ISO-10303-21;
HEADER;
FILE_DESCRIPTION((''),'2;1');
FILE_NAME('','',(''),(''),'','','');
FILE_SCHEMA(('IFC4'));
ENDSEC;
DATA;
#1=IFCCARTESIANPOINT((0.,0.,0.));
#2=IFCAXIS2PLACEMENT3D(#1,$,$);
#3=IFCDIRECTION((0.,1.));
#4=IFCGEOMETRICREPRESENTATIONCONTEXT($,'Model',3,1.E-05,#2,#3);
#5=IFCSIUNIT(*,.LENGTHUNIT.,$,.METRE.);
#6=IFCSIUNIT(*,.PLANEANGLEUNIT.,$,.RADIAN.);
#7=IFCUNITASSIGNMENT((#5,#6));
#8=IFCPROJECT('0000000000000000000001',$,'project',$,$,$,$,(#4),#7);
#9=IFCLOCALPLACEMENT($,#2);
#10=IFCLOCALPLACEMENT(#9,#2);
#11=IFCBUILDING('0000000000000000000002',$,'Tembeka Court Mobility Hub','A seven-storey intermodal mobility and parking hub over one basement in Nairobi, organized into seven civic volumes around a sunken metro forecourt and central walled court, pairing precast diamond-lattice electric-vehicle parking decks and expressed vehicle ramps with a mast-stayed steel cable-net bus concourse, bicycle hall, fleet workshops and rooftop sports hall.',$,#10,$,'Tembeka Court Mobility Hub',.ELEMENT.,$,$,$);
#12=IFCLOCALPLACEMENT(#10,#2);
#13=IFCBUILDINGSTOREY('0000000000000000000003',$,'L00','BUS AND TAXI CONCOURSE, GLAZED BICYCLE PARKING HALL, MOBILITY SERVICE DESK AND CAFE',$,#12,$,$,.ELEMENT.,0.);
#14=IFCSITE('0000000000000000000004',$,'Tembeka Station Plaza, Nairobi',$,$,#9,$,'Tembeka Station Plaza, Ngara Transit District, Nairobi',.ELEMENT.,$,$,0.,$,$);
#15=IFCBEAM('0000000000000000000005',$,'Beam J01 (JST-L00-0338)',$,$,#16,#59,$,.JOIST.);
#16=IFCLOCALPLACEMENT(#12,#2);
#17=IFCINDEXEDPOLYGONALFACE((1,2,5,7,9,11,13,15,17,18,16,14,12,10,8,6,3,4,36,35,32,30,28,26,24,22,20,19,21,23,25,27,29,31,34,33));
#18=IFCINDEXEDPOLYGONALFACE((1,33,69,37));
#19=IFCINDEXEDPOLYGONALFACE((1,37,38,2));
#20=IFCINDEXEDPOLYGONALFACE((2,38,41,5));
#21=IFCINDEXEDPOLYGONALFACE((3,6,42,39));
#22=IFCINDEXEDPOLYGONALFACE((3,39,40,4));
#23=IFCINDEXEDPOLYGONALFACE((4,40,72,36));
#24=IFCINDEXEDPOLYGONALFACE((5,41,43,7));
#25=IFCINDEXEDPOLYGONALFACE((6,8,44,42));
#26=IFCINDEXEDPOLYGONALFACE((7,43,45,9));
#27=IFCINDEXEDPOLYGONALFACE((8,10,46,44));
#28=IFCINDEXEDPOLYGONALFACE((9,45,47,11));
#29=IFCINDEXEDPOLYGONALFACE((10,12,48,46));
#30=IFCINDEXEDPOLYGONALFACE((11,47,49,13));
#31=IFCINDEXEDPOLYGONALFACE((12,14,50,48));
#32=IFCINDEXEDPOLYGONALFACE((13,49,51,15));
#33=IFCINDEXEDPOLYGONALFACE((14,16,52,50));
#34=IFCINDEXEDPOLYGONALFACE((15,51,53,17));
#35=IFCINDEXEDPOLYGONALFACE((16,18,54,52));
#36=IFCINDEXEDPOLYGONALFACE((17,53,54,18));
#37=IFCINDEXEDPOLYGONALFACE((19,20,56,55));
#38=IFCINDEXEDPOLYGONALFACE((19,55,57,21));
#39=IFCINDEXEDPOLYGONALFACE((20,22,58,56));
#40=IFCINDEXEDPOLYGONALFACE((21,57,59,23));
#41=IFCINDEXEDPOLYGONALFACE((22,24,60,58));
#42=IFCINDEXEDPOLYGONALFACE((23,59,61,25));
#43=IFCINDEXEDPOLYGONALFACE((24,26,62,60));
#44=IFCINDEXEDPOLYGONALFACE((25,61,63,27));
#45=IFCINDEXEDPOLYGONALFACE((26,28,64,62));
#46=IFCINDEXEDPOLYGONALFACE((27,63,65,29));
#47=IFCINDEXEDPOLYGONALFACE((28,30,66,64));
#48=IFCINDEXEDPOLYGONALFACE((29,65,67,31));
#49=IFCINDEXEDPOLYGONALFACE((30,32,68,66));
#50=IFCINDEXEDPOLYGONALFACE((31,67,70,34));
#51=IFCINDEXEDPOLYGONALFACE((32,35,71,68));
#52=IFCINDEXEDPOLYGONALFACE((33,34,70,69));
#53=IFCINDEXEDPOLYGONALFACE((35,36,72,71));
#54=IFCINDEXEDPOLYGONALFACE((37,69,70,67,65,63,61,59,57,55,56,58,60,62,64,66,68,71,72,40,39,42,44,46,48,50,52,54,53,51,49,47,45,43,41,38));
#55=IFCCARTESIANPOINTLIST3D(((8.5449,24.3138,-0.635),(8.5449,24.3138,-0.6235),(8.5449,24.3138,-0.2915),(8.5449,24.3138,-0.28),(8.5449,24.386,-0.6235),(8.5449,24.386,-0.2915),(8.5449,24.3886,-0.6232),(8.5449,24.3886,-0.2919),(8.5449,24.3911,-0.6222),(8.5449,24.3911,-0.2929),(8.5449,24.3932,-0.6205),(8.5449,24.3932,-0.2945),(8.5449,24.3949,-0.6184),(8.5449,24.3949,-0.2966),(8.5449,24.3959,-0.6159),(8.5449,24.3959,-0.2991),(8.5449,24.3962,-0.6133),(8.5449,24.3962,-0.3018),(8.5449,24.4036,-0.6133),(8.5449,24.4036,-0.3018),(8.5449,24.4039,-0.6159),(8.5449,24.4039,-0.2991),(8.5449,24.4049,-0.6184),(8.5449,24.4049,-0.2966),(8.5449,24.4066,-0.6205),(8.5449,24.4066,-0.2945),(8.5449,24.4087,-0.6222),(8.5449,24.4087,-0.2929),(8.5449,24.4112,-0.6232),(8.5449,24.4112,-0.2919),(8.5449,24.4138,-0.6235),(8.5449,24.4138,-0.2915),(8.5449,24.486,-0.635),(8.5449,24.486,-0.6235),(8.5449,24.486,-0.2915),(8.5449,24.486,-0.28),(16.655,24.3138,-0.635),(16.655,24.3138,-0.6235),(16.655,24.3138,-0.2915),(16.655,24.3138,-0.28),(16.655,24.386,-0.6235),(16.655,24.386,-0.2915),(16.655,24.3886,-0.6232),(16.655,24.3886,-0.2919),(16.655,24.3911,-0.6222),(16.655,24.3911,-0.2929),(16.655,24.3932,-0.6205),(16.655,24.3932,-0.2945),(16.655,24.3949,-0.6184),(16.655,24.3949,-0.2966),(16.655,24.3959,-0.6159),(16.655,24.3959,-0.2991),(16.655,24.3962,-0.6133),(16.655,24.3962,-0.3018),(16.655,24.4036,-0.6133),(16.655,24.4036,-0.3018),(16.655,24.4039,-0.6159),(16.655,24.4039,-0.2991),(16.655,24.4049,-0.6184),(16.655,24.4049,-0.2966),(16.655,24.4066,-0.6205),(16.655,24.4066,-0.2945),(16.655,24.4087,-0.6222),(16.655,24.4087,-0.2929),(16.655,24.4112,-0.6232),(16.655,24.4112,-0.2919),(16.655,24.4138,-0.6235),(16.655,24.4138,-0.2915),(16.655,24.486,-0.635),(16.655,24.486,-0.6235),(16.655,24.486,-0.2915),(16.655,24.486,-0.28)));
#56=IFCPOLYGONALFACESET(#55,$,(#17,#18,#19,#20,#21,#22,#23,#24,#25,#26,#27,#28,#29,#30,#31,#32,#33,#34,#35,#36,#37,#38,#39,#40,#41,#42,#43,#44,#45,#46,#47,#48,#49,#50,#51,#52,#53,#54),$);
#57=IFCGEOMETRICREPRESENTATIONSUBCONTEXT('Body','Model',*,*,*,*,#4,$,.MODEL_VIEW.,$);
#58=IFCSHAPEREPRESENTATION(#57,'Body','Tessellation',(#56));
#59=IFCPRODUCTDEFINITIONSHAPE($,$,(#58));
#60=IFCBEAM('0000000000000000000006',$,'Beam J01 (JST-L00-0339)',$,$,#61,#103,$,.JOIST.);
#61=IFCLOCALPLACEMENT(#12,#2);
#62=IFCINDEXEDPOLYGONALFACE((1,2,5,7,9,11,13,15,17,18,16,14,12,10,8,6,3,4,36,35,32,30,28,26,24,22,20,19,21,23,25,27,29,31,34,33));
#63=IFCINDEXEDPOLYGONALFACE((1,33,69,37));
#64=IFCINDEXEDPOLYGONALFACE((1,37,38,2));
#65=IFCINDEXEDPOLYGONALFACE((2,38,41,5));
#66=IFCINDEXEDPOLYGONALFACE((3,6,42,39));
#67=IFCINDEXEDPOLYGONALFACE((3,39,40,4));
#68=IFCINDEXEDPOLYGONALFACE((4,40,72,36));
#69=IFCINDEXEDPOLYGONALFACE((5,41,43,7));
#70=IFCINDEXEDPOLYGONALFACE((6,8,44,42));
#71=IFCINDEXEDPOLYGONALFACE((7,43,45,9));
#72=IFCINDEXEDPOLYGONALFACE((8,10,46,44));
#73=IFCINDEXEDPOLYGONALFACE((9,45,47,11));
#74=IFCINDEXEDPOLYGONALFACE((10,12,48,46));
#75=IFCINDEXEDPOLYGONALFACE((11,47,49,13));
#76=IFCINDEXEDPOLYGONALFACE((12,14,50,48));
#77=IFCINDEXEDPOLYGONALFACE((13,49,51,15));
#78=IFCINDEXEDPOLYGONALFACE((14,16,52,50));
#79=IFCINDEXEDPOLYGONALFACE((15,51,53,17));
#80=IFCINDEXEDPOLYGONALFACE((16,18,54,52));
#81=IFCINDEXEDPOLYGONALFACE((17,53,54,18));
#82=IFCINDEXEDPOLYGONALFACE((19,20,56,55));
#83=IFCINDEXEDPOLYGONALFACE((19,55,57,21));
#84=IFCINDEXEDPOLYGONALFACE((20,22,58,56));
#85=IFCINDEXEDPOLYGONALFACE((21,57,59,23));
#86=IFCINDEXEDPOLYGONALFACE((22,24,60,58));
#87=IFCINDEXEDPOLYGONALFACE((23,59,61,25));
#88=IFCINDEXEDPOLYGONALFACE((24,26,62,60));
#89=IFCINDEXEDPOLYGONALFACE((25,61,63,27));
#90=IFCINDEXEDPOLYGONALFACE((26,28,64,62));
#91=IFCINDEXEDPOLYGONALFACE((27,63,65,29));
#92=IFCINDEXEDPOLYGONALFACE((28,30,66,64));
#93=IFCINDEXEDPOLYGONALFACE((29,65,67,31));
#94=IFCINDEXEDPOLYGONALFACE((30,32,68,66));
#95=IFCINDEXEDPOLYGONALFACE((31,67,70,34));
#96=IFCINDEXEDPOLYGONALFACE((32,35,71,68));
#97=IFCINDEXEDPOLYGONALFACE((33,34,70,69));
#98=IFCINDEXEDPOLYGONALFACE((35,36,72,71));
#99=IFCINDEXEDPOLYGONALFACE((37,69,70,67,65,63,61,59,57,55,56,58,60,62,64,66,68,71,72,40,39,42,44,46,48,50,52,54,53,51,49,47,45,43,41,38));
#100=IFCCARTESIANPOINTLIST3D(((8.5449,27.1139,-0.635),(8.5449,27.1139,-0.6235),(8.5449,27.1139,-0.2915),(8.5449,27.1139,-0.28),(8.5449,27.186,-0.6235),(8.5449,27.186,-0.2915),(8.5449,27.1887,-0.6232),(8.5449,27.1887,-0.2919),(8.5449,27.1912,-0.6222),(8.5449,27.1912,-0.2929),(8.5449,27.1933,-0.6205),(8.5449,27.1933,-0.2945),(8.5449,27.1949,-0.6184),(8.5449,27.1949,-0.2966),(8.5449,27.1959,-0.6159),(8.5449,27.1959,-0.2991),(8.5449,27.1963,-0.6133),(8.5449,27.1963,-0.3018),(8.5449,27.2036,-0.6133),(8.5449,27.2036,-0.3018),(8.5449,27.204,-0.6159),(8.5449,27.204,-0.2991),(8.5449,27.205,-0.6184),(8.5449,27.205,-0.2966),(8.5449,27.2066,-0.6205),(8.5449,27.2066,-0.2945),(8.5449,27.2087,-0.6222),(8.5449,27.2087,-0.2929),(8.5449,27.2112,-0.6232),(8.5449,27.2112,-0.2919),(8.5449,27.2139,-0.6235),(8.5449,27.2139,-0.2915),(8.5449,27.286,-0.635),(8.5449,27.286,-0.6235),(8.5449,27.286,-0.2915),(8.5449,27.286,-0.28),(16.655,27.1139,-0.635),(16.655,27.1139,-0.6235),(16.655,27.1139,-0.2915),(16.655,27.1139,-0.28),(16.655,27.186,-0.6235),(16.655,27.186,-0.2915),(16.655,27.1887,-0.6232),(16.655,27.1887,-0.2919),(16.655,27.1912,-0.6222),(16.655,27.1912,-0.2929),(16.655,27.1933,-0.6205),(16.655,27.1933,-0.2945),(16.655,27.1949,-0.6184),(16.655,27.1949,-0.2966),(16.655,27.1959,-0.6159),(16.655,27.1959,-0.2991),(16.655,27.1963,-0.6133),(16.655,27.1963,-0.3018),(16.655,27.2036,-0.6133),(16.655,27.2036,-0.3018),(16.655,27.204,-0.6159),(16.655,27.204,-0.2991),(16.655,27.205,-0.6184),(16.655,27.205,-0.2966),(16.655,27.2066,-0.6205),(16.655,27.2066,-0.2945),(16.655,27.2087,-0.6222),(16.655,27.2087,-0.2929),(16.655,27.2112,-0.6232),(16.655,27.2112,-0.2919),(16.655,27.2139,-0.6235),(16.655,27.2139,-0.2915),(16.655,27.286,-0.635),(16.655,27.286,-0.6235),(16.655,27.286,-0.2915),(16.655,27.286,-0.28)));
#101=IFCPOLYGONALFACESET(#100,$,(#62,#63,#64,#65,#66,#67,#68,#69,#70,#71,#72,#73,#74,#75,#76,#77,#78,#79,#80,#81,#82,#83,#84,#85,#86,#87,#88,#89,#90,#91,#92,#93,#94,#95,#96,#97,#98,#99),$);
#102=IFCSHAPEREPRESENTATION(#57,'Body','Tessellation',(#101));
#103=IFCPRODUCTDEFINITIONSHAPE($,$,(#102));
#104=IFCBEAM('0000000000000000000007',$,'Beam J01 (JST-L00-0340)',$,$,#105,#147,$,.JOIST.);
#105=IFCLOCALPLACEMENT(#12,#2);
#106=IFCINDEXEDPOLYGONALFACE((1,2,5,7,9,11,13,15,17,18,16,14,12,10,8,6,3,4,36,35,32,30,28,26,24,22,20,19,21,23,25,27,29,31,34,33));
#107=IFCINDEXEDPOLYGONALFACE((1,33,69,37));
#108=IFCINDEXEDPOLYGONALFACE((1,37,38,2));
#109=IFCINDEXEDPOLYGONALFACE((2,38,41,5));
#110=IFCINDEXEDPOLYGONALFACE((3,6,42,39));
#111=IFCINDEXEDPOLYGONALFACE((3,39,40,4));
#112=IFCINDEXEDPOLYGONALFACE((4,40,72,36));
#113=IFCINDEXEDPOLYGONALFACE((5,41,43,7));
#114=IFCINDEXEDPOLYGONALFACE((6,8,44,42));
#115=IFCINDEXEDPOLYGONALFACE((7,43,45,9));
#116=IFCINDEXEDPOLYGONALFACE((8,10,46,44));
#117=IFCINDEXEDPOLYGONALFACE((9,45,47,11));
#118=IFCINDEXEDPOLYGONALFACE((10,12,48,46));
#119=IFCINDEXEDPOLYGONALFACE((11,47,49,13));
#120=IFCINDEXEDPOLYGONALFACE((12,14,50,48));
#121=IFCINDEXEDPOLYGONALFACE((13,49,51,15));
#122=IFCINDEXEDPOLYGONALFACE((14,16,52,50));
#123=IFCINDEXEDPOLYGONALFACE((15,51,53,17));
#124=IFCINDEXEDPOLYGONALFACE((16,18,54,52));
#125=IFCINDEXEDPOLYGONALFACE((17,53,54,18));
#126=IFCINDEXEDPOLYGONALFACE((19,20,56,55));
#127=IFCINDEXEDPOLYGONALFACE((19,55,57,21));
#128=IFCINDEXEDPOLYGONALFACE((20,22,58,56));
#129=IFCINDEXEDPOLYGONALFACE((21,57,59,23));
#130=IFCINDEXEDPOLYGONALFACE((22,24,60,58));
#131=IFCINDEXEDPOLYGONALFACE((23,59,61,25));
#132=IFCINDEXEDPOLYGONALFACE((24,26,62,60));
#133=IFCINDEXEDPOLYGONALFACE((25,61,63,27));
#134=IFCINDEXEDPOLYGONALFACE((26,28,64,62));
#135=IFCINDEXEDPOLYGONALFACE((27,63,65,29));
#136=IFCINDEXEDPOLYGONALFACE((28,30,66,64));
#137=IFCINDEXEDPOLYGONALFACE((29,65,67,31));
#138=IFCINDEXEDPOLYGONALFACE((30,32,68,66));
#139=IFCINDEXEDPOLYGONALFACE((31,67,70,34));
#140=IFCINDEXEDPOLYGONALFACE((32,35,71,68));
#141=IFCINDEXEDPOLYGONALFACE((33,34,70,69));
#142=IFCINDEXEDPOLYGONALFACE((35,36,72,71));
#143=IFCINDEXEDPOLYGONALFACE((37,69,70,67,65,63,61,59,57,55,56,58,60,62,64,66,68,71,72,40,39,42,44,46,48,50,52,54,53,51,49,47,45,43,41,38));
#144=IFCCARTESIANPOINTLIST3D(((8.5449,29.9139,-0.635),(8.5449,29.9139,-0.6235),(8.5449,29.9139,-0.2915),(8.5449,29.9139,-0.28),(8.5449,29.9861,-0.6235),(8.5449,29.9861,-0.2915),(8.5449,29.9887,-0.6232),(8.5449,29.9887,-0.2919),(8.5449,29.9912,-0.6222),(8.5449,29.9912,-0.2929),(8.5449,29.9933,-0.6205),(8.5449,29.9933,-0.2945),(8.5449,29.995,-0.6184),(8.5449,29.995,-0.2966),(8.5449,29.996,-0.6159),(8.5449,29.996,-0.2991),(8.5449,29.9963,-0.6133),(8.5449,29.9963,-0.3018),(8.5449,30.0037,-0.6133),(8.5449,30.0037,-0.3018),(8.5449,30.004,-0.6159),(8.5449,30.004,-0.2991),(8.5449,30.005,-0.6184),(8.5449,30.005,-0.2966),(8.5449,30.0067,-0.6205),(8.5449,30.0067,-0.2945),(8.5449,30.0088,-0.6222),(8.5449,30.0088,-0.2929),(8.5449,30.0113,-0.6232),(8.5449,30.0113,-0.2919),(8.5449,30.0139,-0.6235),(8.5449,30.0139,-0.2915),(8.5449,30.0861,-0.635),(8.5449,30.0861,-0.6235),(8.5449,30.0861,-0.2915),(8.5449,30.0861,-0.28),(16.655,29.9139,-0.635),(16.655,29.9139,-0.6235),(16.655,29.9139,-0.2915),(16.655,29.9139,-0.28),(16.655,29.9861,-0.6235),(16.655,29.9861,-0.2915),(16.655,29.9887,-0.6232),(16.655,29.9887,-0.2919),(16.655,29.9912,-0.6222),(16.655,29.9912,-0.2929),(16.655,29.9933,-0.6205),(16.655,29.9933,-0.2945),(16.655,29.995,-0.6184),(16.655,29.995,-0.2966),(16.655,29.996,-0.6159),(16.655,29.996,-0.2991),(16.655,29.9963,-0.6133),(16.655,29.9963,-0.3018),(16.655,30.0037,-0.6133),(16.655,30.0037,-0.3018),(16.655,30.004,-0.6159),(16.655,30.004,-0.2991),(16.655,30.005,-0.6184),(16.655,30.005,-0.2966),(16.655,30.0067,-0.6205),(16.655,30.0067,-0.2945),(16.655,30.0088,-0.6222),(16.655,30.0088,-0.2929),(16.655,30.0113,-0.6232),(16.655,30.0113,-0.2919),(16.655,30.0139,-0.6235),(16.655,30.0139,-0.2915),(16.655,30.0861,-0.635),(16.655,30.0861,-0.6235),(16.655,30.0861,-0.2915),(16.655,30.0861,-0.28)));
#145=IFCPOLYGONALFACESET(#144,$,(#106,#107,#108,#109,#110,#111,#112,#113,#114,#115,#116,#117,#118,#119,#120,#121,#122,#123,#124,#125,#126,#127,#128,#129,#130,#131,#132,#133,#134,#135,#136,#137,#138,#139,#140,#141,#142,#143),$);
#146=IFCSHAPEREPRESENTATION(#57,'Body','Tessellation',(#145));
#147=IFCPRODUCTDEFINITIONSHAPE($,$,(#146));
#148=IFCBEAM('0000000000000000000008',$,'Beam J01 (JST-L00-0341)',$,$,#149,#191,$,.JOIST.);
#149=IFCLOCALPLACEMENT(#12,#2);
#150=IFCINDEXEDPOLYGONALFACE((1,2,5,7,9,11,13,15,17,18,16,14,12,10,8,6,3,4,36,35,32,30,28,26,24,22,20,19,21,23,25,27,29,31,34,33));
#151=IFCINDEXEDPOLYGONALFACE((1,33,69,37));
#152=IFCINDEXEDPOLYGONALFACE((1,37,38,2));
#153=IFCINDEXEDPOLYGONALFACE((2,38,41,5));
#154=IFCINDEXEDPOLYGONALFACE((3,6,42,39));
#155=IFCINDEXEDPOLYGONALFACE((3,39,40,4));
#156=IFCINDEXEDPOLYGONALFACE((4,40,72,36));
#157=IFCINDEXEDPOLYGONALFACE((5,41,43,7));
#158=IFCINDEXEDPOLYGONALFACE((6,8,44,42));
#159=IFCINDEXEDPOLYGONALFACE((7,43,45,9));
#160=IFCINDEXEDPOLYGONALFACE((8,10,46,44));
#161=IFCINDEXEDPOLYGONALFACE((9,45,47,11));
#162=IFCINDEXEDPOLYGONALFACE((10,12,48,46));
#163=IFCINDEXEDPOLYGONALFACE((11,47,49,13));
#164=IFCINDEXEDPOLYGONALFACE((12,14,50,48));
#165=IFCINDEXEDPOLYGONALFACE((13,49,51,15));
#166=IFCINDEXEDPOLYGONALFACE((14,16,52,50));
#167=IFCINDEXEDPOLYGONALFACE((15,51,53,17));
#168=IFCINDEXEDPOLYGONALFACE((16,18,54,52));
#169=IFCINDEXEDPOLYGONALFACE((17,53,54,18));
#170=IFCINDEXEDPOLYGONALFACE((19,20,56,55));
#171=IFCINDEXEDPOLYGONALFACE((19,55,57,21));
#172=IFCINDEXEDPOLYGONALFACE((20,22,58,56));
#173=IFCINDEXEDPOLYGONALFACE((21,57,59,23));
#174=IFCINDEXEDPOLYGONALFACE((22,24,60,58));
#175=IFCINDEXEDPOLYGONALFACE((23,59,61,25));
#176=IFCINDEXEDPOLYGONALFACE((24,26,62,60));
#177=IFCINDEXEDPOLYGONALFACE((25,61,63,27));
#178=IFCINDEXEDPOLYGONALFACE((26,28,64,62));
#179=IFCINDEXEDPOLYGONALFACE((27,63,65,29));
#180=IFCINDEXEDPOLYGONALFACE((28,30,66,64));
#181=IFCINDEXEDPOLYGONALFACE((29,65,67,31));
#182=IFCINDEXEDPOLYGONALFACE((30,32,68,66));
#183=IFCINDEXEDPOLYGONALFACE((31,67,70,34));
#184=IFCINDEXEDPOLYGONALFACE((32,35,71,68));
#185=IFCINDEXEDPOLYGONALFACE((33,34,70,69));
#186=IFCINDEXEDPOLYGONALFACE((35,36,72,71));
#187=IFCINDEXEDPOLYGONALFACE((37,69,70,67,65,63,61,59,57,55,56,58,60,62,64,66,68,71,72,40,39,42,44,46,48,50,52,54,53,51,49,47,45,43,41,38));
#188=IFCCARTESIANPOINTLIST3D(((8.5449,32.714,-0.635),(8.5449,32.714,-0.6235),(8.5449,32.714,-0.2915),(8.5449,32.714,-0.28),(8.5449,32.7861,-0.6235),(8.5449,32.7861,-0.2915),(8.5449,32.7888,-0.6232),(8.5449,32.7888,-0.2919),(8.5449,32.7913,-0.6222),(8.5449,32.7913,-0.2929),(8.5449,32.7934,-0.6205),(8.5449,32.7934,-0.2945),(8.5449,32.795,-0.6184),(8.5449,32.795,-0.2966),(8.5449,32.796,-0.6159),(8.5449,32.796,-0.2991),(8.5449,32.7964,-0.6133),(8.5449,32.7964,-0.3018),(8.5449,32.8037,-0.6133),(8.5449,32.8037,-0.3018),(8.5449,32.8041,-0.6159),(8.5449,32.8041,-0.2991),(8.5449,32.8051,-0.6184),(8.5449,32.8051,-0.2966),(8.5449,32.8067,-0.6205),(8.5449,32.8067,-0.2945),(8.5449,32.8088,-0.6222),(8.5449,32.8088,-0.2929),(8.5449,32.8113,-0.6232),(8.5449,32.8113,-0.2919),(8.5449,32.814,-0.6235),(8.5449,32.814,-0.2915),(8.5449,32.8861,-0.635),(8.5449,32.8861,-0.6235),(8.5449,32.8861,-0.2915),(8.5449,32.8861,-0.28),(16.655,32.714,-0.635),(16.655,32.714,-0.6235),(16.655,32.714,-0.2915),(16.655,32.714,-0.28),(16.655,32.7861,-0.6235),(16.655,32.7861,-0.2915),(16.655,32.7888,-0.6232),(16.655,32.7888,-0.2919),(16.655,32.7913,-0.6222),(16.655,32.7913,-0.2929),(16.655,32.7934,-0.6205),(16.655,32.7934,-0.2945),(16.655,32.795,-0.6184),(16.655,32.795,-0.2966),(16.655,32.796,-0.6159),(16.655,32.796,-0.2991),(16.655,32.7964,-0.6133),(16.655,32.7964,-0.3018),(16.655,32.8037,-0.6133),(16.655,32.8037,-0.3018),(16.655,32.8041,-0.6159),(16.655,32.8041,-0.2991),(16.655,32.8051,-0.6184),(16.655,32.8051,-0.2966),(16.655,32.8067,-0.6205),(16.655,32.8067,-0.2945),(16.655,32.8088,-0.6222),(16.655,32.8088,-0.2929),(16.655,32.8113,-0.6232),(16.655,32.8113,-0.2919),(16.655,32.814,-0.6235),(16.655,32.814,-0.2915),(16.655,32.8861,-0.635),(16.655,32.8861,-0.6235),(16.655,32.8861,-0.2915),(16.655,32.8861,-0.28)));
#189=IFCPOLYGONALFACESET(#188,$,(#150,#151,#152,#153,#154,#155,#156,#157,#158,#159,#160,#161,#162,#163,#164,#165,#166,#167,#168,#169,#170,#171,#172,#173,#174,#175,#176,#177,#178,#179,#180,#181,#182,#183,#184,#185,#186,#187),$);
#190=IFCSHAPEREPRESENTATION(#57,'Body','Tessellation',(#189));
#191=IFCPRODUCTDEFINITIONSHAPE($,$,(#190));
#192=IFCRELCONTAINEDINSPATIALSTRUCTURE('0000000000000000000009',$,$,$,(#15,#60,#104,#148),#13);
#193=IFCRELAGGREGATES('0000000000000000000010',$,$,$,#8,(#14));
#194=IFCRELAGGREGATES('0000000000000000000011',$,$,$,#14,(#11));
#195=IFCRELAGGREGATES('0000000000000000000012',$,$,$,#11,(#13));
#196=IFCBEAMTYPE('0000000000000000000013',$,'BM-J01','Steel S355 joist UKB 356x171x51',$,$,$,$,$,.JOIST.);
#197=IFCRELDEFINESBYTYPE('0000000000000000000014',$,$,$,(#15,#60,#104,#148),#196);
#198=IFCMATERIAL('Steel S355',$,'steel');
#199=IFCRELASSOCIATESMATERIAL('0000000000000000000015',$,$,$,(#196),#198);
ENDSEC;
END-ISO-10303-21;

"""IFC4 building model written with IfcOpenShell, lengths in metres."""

from ifc_helpers import new_model, si_unit, direction, frame, origin, origin_2d, place, context, subcontext, project, spatial, i_section, extrude, material, material_profile, profile_set, type_object, element, save


model = new_model("IFC4")

# Units and contexts
model_context = context("Model", 3, precision=1e-05, world=origin(), true_north=direction((0.0, 1.0)))
body_context = subcontext(model_context, "Body", "Model", "MODEL_VIEW")
ifc_project = project(units=[si_unit("LENGTHUNIT", "METRE"), si_unit("PLANEANGLEUNIT", "RADIAN")], contexts=[model_context])

# Site, building, storey
site_placement = place(None, origin())
site = spatial("IfcSite", under=ifc_project, at=site_placement, Name="Tembeka Station Plaza, Nairobi", LongName="Tembeka Station Plaza, Ngara Transit District, Nairobi", CompositionType="ELEMENT", RefElevation=0.0)
building_placement = place(site_placement, origin())
building = spatial("IfcBuilding", under=site, at=building_placement, Name="Tembeka Court Mobility Hub", Description="A seven-storey intermodal mobility and parking hub over one basement in Nairobi, organized into seven civic volumes around a sunken metro forecourt and central walled court, pairing precast diamond-lattice electric-vehicle parking decks and expressed vehicle ramps with a mast-stayed steel cable-net bus concourse, bicycle hall, fleet workshops and rooftop sports hall.", LongName="Tembeka Court Mobility Hub", CompositionType="ELEMENT")
storey_placement = place(building_placement, origin())
storey = spatial("IfcBuildingStorey", under=building, at=storey_placement, Name="L00", Description="BUS AND TAXI CONCOURSE, GLAZED BICYCLE PARKING HALL, MOBILITY SERVICE DESK AND CAFE", CompositionType="ELEMENT", Elevation=0.0)

# Shared definitions
ifc_material_1 = material(Name="Steel S355", Category="steel")

# Beams
ifc_material_profile_1 = material_profile(ifc_material_1, i_section(OverallWidth=0.1721, OverallDepth=0.355, WebThickness=0.0073, FlangeThickness=0.0115, FilletRadius=0.0103, at=origin_2d()), Name="UKB 356x171x51")
ifc_profile_set_1 = profile_set([ifc_material_profile_1], Name="Steel S355")
beam_type_1 = type_object("IfcBeamType", Name="BM-J01", Description="Steel S355 joist UKB 356x171x51", PredefinedType="JOIST", material=ifc_profile_set_1)
for number, where, z_axis, x_axis, name in (
    (1, (8.5449, 24.3999, -0.4575), (1.0, 0.0, 0.0), (0.0, 1.0, 0.0), "Beam J01 (JST-L00-0338)"),
    (2, (8.5449, 27.2, -0.4575), (1.0, 0.0, 0.0), (0.0, 1.0, 0.0), "Beam J01 (JST-L00-0339)"),
    (3, (8.5449, 30.0, -0.4575), (1.0, 0.0, 0.0), (0.0, 1.0, 0.0), "Beam J01 (JST-L00-0340)"),
    (4, (8.5449, 32.8, -0.4575), (1.0, 0.0, 0.0), (0.0, 1.0, 0.0), "Beam J01 (JST-L00-0341)"),
):
    element("IfcBeam", number, at=place(storey_placement, frame(where, z_axis=z_axis, x_axis=x_axis)), inside=storey, type_object=beam_type_1, Name=name, PredefinedType="JOIST", context=body_context, shape_type="SweptSolid", body=[
        extrude(i_section(OverallWidth=0.1721, OverallDepth=0.355, WebThickness=0.0073, FlangeThickness=0.0115, FilletRadius=0.0103, at=origin_2d()), origin(), (0.0, 0.0, 1.0), 8.1101),
    ])

save(model, "model.ifc")
